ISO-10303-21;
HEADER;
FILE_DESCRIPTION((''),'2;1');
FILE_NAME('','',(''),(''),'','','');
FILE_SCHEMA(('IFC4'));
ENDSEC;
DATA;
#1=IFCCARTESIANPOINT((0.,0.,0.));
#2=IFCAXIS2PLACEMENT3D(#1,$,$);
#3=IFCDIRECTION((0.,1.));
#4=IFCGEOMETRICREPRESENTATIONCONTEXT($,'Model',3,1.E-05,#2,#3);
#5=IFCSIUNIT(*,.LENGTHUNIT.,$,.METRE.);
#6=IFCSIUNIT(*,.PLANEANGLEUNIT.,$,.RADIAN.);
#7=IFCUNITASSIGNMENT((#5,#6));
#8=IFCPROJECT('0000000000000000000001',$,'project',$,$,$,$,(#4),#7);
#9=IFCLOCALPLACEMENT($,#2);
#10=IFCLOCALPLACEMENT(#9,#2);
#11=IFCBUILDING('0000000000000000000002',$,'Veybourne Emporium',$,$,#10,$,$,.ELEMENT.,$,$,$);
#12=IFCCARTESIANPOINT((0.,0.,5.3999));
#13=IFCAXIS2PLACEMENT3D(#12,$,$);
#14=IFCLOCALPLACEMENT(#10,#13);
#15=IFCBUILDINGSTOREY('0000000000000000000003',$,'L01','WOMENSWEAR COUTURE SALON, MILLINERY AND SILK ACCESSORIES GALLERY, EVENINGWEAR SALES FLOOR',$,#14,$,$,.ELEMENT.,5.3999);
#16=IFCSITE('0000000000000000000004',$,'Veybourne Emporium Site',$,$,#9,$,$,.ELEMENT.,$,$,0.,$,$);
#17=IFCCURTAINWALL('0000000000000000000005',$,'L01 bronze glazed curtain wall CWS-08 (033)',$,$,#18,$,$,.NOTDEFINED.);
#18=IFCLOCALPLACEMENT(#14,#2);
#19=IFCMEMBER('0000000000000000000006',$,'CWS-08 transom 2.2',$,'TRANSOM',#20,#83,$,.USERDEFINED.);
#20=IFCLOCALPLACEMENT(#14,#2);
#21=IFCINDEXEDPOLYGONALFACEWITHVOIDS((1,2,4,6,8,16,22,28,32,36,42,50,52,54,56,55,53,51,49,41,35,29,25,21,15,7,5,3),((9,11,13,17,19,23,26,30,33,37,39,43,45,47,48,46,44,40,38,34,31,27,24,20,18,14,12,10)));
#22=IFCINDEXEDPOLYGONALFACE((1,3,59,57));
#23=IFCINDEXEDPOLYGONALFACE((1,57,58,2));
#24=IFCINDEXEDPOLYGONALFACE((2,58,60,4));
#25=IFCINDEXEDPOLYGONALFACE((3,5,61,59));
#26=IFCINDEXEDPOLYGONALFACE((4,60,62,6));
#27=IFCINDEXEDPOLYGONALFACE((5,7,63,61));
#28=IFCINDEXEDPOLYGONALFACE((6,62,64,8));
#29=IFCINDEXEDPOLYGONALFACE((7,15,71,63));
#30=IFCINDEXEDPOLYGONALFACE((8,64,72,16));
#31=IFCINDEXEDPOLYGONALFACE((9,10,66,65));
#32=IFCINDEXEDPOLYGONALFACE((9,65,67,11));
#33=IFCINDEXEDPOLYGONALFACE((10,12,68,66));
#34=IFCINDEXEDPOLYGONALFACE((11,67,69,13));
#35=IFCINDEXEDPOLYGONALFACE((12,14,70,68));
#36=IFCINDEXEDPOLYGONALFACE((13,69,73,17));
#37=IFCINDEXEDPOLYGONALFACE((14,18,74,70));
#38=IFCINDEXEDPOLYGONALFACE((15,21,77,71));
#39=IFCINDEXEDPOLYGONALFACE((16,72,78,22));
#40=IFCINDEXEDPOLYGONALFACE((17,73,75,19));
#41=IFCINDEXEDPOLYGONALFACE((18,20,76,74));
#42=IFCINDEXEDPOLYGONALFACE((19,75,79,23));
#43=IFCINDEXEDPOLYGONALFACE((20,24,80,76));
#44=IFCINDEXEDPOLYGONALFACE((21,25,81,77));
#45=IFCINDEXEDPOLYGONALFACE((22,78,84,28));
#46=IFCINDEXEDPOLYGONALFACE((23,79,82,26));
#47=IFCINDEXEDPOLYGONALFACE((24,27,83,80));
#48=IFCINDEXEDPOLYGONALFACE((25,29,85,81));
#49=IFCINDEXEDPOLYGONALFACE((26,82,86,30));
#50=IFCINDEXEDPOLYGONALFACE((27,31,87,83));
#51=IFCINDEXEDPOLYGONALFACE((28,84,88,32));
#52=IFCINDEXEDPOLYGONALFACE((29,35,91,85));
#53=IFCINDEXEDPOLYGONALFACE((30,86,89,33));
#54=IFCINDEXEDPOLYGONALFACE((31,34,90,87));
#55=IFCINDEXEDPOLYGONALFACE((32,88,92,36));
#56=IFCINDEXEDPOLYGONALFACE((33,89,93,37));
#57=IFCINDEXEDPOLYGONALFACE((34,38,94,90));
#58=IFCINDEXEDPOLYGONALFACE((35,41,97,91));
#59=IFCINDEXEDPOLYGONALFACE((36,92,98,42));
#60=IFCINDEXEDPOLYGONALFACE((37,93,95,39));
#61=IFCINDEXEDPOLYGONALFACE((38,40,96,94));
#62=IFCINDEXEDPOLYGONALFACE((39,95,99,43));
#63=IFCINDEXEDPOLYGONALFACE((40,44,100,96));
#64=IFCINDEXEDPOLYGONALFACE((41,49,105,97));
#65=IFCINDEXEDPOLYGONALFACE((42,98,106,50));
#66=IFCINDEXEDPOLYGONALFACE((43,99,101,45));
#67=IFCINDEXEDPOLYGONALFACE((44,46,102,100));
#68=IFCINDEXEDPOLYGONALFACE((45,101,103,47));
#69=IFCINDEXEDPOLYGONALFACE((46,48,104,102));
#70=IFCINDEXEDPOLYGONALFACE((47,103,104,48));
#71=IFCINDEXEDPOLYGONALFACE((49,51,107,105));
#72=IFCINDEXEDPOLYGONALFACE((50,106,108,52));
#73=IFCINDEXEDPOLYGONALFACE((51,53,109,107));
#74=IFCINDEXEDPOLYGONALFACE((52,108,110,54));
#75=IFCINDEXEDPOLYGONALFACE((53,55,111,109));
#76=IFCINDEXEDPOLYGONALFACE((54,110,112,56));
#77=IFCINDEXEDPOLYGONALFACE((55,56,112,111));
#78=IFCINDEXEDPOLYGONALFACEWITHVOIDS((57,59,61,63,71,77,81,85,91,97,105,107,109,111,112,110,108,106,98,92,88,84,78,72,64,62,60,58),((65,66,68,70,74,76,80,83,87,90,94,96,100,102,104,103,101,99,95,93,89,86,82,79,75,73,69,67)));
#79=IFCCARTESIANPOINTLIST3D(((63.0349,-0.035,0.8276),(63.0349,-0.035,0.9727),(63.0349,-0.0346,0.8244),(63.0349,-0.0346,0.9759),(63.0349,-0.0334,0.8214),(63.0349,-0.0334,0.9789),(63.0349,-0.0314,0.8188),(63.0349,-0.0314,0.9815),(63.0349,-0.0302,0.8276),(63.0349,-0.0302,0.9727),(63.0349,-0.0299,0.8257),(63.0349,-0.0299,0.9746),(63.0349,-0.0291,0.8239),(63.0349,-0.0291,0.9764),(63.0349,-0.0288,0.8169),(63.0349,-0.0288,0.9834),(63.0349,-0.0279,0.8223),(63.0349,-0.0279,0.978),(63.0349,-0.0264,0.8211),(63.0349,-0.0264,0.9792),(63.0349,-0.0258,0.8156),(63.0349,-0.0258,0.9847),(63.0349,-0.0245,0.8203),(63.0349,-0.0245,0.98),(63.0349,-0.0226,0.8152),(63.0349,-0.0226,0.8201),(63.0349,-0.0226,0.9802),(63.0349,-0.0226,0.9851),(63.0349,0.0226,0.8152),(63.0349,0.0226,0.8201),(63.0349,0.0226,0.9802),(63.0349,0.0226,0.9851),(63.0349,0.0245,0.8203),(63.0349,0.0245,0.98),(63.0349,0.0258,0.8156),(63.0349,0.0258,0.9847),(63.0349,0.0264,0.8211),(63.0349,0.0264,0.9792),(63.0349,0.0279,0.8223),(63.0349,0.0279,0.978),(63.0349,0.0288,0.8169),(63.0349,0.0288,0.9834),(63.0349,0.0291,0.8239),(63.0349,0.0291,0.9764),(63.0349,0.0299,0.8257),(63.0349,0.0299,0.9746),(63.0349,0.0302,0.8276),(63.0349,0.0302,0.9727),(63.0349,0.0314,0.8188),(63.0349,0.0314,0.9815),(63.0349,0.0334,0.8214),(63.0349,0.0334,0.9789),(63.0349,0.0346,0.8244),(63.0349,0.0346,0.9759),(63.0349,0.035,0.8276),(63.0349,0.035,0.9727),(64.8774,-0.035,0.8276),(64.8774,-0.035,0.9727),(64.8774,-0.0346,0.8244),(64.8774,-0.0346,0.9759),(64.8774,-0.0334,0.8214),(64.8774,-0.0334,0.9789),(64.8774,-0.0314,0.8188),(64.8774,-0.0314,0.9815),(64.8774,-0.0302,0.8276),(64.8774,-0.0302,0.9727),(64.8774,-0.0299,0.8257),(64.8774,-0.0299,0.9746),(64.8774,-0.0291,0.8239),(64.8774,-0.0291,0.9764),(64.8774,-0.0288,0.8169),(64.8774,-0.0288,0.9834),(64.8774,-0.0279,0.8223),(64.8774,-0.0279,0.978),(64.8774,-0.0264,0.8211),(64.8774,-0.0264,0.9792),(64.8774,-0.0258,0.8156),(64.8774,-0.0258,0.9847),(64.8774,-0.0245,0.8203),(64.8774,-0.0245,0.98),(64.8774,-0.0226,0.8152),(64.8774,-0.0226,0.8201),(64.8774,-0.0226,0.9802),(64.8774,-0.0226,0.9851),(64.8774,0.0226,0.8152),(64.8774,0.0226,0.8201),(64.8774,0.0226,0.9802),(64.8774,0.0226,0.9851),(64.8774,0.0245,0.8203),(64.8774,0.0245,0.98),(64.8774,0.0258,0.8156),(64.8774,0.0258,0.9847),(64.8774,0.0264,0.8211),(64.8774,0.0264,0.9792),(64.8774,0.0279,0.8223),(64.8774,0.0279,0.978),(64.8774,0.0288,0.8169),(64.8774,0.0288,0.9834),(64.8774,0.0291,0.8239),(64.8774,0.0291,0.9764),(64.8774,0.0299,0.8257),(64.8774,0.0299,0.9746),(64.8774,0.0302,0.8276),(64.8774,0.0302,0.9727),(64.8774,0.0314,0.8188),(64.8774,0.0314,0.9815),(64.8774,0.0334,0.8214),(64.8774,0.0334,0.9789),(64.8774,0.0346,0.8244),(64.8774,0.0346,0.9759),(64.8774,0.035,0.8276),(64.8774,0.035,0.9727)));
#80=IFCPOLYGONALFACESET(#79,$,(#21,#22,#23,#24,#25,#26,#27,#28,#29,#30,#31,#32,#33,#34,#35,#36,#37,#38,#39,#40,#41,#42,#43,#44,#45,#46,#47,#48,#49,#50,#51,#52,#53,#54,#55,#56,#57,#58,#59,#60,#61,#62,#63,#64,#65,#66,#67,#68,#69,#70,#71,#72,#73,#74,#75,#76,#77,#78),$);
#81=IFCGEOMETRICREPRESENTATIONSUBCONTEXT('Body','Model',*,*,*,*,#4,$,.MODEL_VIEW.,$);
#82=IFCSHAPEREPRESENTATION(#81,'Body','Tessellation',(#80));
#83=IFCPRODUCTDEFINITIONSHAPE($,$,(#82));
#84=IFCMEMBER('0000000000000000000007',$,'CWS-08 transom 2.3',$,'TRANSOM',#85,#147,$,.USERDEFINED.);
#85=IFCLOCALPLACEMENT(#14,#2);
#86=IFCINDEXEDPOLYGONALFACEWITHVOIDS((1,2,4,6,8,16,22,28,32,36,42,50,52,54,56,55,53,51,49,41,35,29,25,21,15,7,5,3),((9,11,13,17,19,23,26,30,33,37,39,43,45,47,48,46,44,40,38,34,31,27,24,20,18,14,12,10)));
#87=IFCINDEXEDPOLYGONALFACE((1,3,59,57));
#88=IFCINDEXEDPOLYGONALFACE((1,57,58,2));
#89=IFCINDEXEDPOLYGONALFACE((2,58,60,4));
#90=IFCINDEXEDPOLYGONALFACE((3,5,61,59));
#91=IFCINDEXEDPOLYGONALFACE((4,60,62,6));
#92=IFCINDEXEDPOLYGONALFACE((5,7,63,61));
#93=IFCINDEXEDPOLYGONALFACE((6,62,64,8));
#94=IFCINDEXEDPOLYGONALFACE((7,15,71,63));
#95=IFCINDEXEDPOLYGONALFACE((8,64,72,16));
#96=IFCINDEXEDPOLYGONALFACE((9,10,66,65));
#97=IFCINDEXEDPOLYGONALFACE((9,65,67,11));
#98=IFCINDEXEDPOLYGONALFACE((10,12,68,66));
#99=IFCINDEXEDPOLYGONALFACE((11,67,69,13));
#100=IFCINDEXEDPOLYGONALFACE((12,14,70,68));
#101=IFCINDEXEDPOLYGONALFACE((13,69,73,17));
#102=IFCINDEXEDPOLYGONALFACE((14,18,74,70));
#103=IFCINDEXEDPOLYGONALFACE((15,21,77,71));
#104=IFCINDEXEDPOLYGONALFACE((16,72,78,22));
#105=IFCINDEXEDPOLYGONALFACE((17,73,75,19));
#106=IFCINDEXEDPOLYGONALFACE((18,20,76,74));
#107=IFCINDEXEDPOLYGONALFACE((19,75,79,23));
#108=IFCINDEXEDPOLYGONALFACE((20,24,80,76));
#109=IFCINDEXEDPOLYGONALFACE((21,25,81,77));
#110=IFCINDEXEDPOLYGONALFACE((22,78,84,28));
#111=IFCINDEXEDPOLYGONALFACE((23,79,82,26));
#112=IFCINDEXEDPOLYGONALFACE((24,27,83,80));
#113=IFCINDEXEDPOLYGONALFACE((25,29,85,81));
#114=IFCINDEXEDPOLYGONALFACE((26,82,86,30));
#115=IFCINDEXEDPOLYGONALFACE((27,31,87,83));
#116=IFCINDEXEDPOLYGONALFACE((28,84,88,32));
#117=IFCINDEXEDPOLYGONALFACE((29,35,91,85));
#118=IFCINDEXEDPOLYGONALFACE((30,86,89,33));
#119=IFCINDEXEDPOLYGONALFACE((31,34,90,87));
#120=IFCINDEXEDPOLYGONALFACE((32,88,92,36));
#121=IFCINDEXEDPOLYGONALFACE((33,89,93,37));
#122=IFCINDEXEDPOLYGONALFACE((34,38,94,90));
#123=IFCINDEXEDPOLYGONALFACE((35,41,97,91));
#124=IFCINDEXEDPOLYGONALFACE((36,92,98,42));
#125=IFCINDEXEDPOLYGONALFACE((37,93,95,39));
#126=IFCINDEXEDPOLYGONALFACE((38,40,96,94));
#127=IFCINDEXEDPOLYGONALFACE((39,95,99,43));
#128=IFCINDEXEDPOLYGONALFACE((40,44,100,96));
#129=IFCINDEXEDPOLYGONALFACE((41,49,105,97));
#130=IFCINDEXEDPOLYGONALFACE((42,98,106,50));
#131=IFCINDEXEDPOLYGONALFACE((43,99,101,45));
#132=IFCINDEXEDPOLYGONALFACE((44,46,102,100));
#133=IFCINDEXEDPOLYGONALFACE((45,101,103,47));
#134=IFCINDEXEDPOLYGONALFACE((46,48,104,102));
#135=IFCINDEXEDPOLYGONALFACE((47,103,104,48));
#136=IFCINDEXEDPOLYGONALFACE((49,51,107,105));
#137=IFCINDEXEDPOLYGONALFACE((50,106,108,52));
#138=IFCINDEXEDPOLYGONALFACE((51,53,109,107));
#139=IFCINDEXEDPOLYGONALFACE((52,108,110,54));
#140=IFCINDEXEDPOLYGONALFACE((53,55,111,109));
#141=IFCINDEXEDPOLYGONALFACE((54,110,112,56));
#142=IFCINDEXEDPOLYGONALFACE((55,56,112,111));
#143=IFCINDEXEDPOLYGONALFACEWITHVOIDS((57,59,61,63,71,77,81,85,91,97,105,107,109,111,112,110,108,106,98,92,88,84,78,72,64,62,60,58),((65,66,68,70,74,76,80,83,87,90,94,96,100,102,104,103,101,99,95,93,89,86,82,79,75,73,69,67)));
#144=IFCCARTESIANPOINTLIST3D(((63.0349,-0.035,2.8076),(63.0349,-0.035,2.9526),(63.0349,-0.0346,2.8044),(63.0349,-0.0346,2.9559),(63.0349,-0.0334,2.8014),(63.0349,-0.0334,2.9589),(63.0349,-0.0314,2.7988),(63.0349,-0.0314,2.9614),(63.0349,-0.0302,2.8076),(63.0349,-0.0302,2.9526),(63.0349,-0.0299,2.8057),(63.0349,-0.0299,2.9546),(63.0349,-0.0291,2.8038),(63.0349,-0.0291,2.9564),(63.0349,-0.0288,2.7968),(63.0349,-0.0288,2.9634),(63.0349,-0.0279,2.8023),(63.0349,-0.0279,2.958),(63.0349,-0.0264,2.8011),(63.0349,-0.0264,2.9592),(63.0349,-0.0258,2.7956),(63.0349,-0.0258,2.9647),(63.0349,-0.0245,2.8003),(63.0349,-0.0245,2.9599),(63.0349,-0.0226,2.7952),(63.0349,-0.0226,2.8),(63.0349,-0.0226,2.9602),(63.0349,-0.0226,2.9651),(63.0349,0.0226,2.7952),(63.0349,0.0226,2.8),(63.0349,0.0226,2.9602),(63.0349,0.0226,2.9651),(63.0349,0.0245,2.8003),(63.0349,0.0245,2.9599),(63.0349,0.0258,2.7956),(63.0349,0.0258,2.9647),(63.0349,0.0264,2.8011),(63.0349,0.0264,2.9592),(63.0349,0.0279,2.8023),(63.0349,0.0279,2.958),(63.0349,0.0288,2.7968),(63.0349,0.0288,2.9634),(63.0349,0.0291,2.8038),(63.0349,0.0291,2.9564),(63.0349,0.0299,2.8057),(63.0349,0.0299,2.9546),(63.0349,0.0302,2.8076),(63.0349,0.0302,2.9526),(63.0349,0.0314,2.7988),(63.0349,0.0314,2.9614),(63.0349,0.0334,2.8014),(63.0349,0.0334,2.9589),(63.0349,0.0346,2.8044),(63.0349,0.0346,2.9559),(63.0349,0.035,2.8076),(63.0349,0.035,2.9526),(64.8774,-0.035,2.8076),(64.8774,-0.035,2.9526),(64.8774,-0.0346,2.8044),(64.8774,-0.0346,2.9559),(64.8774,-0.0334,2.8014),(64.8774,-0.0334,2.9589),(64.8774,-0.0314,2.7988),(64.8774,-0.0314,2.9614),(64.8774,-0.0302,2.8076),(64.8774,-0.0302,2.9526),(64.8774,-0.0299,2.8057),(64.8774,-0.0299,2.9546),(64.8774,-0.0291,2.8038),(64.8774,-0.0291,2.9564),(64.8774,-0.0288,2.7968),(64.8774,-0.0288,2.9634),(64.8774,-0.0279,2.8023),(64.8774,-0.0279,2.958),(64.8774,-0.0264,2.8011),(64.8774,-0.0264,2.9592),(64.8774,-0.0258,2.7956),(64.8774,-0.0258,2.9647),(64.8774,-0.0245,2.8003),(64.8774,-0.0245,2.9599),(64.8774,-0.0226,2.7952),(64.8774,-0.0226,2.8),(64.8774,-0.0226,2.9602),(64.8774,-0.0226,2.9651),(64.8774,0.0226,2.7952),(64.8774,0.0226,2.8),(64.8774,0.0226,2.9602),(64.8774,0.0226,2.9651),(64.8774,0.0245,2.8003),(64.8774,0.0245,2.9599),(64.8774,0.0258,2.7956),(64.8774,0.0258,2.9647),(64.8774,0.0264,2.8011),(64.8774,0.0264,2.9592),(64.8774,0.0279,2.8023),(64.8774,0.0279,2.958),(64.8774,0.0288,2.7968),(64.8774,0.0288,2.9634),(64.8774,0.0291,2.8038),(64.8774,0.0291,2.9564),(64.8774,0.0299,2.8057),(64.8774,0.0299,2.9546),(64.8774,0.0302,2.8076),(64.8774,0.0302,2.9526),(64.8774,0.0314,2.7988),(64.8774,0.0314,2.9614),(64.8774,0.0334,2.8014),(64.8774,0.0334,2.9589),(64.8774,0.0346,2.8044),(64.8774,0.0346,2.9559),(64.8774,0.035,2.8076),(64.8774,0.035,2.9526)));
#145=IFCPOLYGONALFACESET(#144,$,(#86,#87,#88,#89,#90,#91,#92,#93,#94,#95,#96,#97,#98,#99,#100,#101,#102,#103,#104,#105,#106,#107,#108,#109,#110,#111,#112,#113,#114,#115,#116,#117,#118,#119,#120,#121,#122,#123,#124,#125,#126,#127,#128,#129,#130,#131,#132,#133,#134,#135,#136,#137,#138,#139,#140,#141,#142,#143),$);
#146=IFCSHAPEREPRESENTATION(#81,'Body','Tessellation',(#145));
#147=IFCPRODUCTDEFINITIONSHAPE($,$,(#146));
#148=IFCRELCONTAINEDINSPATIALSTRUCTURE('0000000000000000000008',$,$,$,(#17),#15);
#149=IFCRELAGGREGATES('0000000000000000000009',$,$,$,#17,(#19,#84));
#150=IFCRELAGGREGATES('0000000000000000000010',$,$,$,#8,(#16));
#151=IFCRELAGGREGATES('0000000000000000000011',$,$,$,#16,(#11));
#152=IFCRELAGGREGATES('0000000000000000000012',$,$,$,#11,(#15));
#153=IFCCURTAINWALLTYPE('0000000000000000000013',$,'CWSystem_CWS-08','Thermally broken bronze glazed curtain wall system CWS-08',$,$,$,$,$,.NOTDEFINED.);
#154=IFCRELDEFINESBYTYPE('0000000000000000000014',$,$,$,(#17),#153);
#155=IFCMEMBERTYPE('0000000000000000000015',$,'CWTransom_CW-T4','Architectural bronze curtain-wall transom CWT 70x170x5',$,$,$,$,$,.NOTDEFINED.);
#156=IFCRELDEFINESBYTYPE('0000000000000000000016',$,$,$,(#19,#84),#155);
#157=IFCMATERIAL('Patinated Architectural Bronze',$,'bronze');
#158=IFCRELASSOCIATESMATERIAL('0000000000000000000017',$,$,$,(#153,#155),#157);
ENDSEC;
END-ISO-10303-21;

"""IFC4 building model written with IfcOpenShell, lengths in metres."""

from ifc_helpers import new_model, si_unit, direction, frame, origin, origin_2d, place, context, subcontext, project, spatial, hollow_rectangle, extrude, material, material_profile, profile_set, type_object, element, aggregate, save


model = new_model("IFC4")

# Units and contexts
model_context = context("Model", 3, precision=1e-05, world=origin(), true_north=direction((0.0, 1.0)))
body_context = subcontext(model_context, "Body", "Model", "MODEL_VIEW")
ifc_project = project(units=[si_unit("LENGTHUNIT", "METRE"), si_unit("PLANEANGLEUNIT", "RADIAN")], contexts=[model_context])

# Site, building, storey
site_placement = place(None, origin())
site = spatial("IfcSite", under=ifc_project, at=site_placement, Name="Veybourne Emporium Site", CompositionType="ELEMENT", RefElevation=0.0)
building_placement = place(site_placement, origin())
building = spatial("IfcBuilding", under=site, at=building_placement, Name="Veybourne Emporium", CompositionType="ELEMENT")
storey_placement = place(building_placement, frame((0.0, 0.0, 5.3999)))
storey = spatial("IfcBuildingStorey", under=building, at=storey_placement, Name="L01", Description="WOMENSWEAR COUTURE SALON, MILLINERY AND SILK ACCESSORIES GALLERY, EVENINGWEAR SALES FLOOR", CompositionType="ELEMENT", Elevation=5.3999)

# Curtain wall, members
ifc_material_1 = material(Name="Patinated Architectural Bronze", Category="bronze")
curtain_wall_type = type_object("IfcCurtainWallType", Name="CWSystem_CWS-08", Description="Thermally broken bronze glazed curtain wall system CWS-08", PredefinedType="NOTDEFINED", material=ifc_material_1)
curtain_wall_placement = place(storey_placement, origin())
curtain_wall = element("IfcCurtainWall", 1, at=curtain_wall_placement, inside=storey, type_object=curtain_wall_type, Name="L01 bronze glazed curtain wall CWS-08 (033)", PredefinedType="NOTDEFINED")
ifc_material_profile_1 = material_profile(ifc_material_1, hollow_rectangle(XDim=0.0701, YDim=0.1699, WallThickness=0.0049, InnerFilletRadius=0.0076, OuterFilletRadius=0.0125, at=origin_2d()), Name="CWT 70x170x5")
ifc_profile_set_1 = profile_set([ifc_material_profile_1], Name="Patinated Architectural Bronze")
member_type_1 = type_object("IfcMemberType", Name="CWTransom_CW-T4", Description="Architectural bronze curtain-wall transom CWT 70x170x5", PredefinedType="NOTDEFINED", material=ifc_profile_set_1)
member_1_placement = place(storey_placement, frame((64.8774, 0.0, 0.9001), z_axis=(-1.0, 0.0, 0.0), x_axis=(0.0, -1.0, 0.0)))
member_1 = element("IfcMember", 2, at=member_1_placement, type_object=member_type_1, Name="CWS-08 transom 2.2", ObjectType="TRANSOM", PredefinedType="USERDEFINED", context=body_context, shape_type="SweptSolid", body=[
    extrude(hollow_rectangle(XDim=0.0701, YDim=0.1699, WallThickness=0.0049, InnerFilletRadius=0.0076, OuterFilletRadius=0.0125, at=origin_2d()), origin(), (0.0, 0.0, 1.0), 1.8425),
])
member_2_placement = place(storey_placement, frame((64.8774, 0.0, 2.8801), z_axis=(-1.0, 0.0, 0.0), x_axis=(0.0, -1.0, 0.0)))
member_2 = element("IfcMember", 3, at=member_2_placement, type_object=member_type_1, Name="CWS-08 transom 2.3", ObjectType="TRANSOM", PredefinedType="USERDEFINED", context=body_context, shape_type="SweptSolid", body=[
    extrude(hollow_rectangle(XDim=0.0701, YDim=0.1699, WallThickness=0.0049, InnerFilletRadius=0.0076, OuterFilletRadius=0.0125, at=origin_2d()), origin(), (0.0, 0.0, 1.0), 1.8425),
])

aggregate(curtain_wall, [member_1, member_2])

save(model, "model.ifc")
